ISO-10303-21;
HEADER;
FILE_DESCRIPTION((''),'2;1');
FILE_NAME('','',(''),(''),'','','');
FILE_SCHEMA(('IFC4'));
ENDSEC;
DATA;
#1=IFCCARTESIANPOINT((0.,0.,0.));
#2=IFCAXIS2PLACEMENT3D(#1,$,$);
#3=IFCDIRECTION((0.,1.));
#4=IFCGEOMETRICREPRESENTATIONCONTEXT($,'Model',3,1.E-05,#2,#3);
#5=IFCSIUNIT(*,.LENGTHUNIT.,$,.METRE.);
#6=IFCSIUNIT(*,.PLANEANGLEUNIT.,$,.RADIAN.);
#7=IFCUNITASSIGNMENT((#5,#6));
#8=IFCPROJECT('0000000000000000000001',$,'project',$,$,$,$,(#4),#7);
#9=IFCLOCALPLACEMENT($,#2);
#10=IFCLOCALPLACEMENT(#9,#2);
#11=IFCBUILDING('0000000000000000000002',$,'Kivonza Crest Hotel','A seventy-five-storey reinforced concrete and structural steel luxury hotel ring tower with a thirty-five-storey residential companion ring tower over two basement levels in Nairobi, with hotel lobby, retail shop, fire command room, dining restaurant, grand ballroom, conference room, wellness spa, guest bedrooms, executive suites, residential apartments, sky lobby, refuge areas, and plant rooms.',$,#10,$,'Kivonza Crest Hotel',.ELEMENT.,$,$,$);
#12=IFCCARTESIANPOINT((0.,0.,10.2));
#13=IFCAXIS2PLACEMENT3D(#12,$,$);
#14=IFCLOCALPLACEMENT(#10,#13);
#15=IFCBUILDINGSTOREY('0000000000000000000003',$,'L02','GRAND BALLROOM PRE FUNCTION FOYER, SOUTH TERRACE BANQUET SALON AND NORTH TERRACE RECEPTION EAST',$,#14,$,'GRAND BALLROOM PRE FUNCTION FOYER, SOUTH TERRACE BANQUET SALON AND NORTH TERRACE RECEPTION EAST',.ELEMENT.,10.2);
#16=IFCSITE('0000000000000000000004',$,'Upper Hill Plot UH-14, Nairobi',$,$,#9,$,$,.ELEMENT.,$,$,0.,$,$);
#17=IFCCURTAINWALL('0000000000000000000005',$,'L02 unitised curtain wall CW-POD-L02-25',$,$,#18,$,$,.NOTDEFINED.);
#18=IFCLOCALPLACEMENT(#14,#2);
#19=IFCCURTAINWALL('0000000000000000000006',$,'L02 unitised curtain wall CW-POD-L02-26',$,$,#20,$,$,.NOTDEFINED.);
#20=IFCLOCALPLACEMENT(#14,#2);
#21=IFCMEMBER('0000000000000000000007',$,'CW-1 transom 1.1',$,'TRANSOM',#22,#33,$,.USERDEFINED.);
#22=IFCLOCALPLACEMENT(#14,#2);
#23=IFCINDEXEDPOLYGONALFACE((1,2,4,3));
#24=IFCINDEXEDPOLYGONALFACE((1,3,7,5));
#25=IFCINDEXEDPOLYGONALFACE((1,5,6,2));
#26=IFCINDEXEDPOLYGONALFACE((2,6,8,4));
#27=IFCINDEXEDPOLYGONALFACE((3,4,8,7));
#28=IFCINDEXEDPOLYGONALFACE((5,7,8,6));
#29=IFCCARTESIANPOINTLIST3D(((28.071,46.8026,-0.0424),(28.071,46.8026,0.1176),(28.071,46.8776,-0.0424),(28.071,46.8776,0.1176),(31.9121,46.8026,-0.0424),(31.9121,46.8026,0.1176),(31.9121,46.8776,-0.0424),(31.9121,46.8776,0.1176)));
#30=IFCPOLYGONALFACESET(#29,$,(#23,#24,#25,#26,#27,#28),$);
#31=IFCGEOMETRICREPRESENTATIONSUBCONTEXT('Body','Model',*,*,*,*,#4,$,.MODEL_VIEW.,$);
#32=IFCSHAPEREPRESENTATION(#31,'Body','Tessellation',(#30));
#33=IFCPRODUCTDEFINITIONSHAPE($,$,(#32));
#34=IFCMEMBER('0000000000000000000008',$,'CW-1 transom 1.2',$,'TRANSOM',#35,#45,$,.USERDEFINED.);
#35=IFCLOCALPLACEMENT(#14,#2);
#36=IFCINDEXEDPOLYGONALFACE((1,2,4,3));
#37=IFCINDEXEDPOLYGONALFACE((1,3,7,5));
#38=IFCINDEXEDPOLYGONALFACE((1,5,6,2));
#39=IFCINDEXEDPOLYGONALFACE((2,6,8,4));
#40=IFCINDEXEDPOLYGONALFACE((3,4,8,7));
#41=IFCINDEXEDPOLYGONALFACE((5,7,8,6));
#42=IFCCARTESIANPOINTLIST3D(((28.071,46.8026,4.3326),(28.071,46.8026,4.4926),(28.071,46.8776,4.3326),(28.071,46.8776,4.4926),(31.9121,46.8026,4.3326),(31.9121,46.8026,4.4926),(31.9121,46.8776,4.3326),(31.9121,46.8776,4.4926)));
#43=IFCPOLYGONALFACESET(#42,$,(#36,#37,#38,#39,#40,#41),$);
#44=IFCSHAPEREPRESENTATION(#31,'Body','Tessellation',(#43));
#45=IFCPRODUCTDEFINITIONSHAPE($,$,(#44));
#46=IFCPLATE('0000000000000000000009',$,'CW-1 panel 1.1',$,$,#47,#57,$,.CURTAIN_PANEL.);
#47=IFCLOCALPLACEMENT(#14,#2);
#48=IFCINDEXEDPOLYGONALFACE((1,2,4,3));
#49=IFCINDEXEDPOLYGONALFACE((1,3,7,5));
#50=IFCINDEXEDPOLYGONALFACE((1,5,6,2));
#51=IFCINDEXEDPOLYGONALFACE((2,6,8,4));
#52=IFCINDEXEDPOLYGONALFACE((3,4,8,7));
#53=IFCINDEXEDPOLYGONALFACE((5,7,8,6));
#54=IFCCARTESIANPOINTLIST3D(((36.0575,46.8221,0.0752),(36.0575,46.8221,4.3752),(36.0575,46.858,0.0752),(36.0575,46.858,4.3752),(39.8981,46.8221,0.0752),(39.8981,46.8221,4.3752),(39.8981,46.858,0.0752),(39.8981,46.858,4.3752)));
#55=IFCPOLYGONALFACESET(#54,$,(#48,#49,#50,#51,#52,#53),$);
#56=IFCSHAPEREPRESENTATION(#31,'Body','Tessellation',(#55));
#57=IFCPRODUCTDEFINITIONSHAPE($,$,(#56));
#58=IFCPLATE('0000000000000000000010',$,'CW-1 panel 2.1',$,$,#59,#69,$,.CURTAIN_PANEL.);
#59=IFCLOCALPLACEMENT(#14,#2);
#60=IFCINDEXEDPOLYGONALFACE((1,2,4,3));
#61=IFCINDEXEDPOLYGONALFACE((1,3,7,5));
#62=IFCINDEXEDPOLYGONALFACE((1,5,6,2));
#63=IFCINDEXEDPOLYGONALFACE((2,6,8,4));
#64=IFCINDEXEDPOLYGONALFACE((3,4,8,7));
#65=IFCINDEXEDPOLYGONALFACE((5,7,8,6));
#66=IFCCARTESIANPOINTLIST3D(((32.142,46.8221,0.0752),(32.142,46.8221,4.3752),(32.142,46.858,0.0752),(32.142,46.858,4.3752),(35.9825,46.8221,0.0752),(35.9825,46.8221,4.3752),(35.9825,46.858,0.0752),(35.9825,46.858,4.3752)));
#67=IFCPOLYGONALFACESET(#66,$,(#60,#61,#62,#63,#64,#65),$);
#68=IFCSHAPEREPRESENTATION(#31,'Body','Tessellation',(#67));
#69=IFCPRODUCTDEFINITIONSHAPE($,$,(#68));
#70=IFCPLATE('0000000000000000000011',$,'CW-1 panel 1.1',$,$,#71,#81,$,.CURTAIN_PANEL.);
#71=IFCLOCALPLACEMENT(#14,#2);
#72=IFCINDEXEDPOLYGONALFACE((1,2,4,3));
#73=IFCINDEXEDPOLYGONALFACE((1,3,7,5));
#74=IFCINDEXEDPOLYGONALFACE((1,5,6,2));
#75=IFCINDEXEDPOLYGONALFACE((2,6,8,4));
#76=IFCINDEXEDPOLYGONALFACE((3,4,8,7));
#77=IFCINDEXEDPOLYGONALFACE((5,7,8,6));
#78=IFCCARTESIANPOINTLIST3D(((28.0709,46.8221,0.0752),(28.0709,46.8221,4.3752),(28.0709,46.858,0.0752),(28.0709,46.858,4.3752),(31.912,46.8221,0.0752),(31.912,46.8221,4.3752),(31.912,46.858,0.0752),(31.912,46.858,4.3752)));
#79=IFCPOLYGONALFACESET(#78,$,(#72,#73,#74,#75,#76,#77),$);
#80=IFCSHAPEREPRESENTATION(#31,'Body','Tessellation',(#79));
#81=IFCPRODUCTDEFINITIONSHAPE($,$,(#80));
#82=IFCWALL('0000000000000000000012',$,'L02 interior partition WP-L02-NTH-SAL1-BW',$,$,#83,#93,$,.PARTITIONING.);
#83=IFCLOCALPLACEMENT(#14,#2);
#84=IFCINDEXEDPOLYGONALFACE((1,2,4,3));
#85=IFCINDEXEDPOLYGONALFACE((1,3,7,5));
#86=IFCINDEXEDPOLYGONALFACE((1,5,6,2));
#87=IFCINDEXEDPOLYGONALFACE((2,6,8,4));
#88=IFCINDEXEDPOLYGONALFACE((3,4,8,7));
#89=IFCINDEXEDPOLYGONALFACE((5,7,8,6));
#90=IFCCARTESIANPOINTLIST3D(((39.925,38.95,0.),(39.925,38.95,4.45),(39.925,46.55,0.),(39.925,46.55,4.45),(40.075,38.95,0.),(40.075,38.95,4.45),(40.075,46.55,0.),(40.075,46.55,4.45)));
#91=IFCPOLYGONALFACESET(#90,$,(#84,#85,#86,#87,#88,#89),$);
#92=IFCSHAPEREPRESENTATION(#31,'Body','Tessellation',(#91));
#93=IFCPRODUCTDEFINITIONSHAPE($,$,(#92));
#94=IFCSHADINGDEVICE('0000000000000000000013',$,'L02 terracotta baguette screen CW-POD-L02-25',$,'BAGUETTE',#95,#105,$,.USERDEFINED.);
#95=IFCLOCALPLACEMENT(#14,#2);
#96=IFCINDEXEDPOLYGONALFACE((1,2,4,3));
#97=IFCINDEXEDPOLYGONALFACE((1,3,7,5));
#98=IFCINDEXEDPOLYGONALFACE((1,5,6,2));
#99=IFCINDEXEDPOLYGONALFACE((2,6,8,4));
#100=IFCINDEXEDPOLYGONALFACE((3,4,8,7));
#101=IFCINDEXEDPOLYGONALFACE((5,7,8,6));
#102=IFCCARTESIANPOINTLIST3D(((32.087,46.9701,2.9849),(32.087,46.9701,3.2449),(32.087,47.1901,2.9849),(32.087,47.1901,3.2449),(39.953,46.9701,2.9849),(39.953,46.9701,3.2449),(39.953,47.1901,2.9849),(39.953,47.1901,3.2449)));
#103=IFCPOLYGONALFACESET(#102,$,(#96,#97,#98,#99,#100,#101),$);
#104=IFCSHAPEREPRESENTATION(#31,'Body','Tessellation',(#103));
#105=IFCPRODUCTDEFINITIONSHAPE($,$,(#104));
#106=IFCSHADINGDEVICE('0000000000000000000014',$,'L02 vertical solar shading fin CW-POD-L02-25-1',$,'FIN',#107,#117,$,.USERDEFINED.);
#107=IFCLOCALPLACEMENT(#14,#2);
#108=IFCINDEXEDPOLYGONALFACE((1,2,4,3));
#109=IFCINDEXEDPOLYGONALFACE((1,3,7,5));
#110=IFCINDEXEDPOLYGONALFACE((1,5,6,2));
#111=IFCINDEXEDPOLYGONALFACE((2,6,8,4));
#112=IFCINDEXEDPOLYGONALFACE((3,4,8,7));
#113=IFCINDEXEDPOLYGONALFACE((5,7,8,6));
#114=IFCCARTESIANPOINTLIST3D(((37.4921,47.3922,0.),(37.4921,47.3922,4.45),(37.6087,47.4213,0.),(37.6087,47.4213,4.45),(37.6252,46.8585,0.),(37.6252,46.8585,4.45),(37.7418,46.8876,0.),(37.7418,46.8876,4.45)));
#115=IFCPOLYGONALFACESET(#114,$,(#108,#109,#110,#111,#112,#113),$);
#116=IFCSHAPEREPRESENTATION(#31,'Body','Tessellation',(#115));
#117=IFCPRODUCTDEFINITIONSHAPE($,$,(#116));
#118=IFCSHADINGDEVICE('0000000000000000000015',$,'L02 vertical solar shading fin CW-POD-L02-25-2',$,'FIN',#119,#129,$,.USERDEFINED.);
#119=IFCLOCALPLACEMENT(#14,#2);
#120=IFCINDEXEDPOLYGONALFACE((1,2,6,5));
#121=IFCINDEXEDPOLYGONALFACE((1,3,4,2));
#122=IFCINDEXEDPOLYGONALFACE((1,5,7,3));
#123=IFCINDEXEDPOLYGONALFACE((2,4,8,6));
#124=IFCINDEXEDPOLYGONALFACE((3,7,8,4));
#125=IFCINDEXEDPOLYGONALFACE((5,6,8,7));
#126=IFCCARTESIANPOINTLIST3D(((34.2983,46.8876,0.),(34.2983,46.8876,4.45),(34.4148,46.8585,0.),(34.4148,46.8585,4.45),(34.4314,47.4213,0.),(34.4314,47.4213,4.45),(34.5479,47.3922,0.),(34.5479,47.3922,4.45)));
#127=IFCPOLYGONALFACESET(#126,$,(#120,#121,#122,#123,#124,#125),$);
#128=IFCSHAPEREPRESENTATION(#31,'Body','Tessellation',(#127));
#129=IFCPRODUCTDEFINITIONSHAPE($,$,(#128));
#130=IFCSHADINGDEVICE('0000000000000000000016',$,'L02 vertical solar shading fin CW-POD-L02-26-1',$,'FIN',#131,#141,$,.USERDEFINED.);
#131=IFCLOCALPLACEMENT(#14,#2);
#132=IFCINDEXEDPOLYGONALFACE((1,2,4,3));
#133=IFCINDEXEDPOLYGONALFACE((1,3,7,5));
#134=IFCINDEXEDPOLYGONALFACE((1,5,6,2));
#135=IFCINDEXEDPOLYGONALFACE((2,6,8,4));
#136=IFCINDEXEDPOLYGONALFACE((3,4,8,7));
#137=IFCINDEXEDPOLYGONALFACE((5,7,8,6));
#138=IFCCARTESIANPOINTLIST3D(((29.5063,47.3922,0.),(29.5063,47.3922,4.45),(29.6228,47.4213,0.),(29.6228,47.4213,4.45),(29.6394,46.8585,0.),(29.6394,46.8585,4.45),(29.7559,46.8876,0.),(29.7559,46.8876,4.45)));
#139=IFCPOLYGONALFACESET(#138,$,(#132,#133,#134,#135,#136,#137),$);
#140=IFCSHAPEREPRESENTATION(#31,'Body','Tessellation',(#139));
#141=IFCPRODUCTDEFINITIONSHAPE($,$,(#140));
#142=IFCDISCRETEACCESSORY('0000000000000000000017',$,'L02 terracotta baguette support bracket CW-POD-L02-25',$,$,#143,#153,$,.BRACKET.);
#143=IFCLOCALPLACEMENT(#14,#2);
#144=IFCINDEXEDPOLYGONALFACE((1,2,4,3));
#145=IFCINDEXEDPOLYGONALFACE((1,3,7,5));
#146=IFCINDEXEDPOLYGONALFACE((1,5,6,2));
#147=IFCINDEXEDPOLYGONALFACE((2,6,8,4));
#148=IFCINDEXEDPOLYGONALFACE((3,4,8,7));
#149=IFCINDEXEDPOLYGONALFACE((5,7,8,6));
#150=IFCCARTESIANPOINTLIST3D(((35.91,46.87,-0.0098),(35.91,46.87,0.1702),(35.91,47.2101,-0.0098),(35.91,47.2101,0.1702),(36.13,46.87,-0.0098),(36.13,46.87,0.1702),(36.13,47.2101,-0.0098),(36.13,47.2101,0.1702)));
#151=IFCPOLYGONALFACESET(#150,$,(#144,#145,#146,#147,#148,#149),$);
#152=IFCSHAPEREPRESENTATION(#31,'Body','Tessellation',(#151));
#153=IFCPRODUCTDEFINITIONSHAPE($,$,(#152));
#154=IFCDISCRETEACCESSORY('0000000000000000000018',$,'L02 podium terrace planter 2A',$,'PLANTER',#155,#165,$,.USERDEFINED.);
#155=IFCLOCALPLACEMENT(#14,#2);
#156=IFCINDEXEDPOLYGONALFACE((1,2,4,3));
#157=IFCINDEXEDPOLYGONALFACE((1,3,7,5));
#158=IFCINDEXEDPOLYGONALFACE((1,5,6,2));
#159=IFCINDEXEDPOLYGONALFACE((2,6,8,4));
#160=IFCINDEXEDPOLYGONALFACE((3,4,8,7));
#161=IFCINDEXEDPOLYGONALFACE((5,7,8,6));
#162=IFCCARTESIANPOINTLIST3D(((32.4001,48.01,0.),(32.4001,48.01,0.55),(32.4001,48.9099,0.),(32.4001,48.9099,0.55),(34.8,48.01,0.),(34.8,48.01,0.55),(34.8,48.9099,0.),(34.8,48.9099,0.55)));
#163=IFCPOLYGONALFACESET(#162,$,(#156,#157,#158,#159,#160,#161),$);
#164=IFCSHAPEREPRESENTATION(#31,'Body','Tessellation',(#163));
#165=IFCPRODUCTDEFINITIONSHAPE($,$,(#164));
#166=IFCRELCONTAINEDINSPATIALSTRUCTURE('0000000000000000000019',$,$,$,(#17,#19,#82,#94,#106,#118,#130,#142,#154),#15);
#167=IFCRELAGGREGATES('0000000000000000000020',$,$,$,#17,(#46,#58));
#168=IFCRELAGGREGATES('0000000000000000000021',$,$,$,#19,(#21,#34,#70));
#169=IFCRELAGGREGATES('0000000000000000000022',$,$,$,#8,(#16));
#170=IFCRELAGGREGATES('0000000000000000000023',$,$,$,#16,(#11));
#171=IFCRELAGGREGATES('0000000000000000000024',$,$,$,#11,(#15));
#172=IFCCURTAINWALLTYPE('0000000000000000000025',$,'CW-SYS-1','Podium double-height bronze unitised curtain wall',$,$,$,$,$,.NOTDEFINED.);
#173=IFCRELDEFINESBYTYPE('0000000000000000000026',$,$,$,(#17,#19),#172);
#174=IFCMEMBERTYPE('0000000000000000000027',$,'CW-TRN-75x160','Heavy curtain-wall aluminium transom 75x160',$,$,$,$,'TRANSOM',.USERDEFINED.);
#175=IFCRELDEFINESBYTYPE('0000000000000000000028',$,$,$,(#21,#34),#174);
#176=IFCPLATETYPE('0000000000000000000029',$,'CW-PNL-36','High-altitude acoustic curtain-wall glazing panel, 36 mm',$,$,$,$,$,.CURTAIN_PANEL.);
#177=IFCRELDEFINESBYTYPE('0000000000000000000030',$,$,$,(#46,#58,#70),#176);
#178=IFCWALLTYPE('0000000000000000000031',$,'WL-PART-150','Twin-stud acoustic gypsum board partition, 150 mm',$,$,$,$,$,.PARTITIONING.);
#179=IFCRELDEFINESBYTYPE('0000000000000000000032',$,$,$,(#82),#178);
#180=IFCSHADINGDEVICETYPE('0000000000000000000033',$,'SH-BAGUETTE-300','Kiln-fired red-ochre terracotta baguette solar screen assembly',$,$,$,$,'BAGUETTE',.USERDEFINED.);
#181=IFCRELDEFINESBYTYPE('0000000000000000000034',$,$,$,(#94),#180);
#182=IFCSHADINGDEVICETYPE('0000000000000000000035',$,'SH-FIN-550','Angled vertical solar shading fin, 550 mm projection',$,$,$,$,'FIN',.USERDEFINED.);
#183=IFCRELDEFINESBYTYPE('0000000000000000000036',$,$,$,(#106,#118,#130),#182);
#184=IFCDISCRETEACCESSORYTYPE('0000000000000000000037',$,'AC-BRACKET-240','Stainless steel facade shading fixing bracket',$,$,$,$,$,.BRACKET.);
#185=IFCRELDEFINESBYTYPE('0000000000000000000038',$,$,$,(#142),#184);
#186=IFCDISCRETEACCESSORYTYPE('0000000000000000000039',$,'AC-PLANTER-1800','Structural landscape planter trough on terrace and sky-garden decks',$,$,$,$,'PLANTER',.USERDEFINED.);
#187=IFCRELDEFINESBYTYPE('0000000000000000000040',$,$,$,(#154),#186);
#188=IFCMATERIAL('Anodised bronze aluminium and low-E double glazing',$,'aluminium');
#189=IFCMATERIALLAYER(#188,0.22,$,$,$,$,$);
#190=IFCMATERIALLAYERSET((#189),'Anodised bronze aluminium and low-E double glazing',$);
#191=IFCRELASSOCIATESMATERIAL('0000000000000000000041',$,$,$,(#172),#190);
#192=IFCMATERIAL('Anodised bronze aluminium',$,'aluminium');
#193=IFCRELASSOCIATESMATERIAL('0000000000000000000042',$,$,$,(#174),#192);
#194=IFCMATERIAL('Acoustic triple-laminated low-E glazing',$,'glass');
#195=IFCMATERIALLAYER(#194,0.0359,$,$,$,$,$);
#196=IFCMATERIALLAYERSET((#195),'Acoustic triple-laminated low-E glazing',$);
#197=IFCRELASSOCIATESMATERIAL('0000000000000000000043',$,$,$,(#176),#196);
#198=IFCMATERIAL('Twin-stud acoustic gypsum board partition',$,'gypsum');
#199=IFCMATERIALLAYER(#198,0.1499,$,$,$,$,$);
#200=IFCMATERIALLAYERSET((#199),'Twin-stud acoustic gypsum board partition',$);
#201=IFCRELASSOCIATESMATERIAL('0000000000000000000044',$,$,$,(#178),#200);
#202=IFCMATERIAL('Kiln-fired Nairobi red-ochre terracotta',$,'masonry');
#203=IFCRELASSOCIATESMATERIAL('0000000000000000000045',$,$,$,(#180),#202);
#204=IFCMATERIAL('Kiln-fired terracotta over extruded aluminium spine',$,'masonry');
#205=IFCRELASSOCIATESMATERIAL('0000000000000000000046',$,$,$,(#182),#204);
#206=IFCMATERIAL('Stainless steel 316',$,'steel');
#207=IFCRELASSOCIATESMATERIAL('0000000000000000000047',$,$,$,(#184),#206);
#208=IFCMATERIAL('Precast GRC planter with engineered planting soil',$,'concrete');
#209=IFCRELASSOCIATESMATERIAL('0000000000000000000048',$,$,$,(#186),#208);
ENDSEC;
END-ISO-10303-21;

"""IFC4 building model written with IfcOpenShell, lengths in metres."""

from ifc_helpers import new_model, si_unit, direction, frame, frame_2d, origin, origin_2d, place, context, subcontext, project, spatial, rectangle, extrude, material, layer, layer_set, material_profile, profile_set, type_object, element, aggregate, save


model = new_model("IFC4")

# Units and contexts
model_context = context("Model", 3, precision=1e-05, world=origin(), true_north=direction((0.0, 1.0)))
body_context = subcontext(model_context, "Body", "Model", "MODEL_VIEW")
ifc_project = project(units=[si_unit("LENGTHUNIT", "METRE"), si_unit("PLANEANGLEUNIT", "RADIAN")], contexts=[model_context])

# Site, building, storey
site_placement = place(None, origin())
site = spatial("IfcSite", under=ifc_project, at=site_placement, Name="Upper Hill Plot UH-14, Nairobi", CompositionType="ELEMENT", RefElevation=0.0)
building_placement = place(site_placement, origin())
building = spatial("IfcBuilding", under=site, at=building_placement, Name="Kivonza Crest Hotel", Description="A seventy-five-storey reinforced concrete and structural steel luxury hotel ring tower with a thirty-five-storey residential companion ring tower over two basement levels in Nairobi, with hotel lobby, retail shop, fire command room, dining restaurant, grand ballroom, conference room, wellness spa, guest bedrooms, executive suites, residential apartments, sky lobby, refuge areas, and plant rooms.", LongName="Kivonza Crest Hotel", CompositionType="ELEMENT")
storey_placement = place(building_placement, frame((0.0, 0.0, 10.2)))
storey = spatial("IfcBuildingStorey", under=building, at=storey_placement, Name="L02", Description="GRAND BALLROOM PRE FUNCTION FOYER, SOUTH TERRACE BANQUET SALON AND NORTH TERRACE RECEPTION EAST", LongName="GRAND BALLROOM PRE FUNCTION FOYER, SOUTH TERRACE BANQUET SALON AND NORTH TERRACE RECEPTION EAST", CompositionType="ELEMENT", Elevation=10.2)

# Shared definitions
ifc_material_1 = material(Name="Anodised bronze aluminium and low-E double glazing", Category="aluminium")
ifc_layer_1 = layer(ifc_material_1, 0.22)
ifc_layer_set_1 = layer_set([ifc_layer_1], Name="Anodised bronze aluminium and low-E double glazing")
curtain_wall_type = type_object("IfcCurtainWallType", Name="CW-SYS-1", Description="Podium double-height bronze unitised curtain wall", PredefinedType="NOTDEFINED", material=ifc_layer_set_1)
ifc_material_2 = material(Name="Anodised bronze aluminium", Category="aluminium")

# Curtain wall
curtain_wall_1_placement = place(storey_placement, origin())
curtain_wall_1 = element("IfcCurtainWall", 1, at=curtain_wall_1_placement, inside=storey, type_object=curtain_wall_type, Name="L02 unitised curtain wall CW-POD-L02-25", PredefinedType="NOTDEFINED")

# Curtain wall
curtain_wall_2_placement = place(storey_placement, origin())
curtain_wall_2 = element("IfcCurtainWall", 2, at=curtain_wall_2_placement, inside=storey, type_object=curtain_wall_type, Name="L02 unitised curtain wall CW-POD-L02-26", PredefinedType="NOTDEFINED")

# Members
ifc_material_profile_1 = material_profile(ifc_material_2, rectangle(XDim=0.075, YDim=0.1599, at=origin_2d()), Name="CW-T 75x160")
ifc_profile_set_1 = profile_set([ifc_material_profile_1], Name="Anodised bronze aluminium")
member_type_1 = type_object("IfcMemberType", Name="CW-TRN-75x160", Description="Heavy curtain-wall aluminium transom 75x160", ElementType="TRANSOM", PredefinedType="USERDEFINED", material=ifc_profile_set_1)
member_1_placement = place(storey_placement, frame((31.9121, 46.8401, 0.0376), z_axis=(-1.0, 0.0, 0.0), x_axis=(0.0, -1.0, 0.0)))
member_1 = element("IfcMember", 3, at=member_1_placement, type_object=member_type_1, Name="CW-1 transom 1.1", ObjectType="TRANSOM", PredefinedType="USERDEFINED", context=body_context, shape_type="SweptSolid", body=[
    extrude(rectangle(XDim=0.075, YDim=0.1599, at=origin_2d()), origin(), (0.0, 0.0, 1.0), 3.8411),
])
member_2_placement = place(storey_placement, frame((31.9121, 46.8401, 4.4126), z_axis=(-1.0, 0.0, 0.0), x_axis=(0.0, -1.0, 0.0)))
member_2 = element("IfcMember", 4, at=member_2_placement, type_object=member_type_1, Name="CW-1 transom 1.2", ObjectType="TRANSOM", PredefinedType="USERDEFINED", context=body_context, shape_type="SweptSolid", body=[
    extrude(rectangle(XDim=0.075, YDim=0.1599, at=origin_2d()), origin(), (0.0, 0.0, 1.0), 3.8411),
])

# Plates
ifc_material_3 = material(Name="Acoustic triple-laminated low-E glazing", Category="glass")
ifc_layer_2 = layer(ifc_material_3, 0.0359)
ifc_layer_set_2 = layer_set([ifc_layer_2], Name="Acoustic triple-laminated low-E glazing")
plate_type = type_object("IfcPlateType", Name="CW-PNL-36", Description="High-altitude acoustic curtain-wall glazing panel, 36 mm", PredefinedType="CURTAIN_PANEL", material=ifc_layer_set_2)
plate_1_placement = place(storey_placement, frame((37.9778, 46.8401, 0.0752), z_axis=(0.0, 0.0, 1.0), x_axis=(-1.0, 0.0, 0.0)))
plate_1 = element("IfcPlate", 5, at=plate_1_placement, type_object=plate_type, Name="CW-1 panel 1.1", PredefinedType="CURTAIN_PANEL", context=body_context, shape_type="SweptSolid", body=[
    extrude(rectangle(XDim=3.8406, YDim=0.0359, at=origin_2d()), origin(), (0.0, 0.0, 1.0), 4.3),
])
plate_2_placement = place(storey_placement, frame((34.0623, 46.8401, 0.0752), z_axis=(0.0, 0.0, 1.0), x_axis=(-1.0, 0.0, 0.0)))
plate_2 = element("IfcPlate", 6, at=plate_2_placement, type_object=plate_type, Name="CW-1 panel 2.1", PredefinedType="CURTAIN_PANEL", context=body_context, shape_type="SweptSolid", body=[
    extrude(rectangle(XDim=3.8406, YDim=0.0359, at=origin_2d()), origin(), (0.0, 0.0, 1.0), 4.3),
])
aggregate(curtain_wall_1, [plate_1, plate_2])
plate_3_placement = place(storey_placement, frame((29.9915, 46.8401, 0.0752), z_axis=(0.0, 0.0, 1.0), x_axis=(-1.0, 0.0, 0.0)))
plate_3 = element("IfcPlate", 7, at=plate_3_placement, type_object=plate_type, Name="CW-1 panel 1.1", PredefinedType="CURTAIN_PANEL", context=body_context, shape_type="SweptSolid", body=[
    extrude(rectangle(XDim=3.8411, YDim=0.0359, at=origin_2d()), origin(), (0.0, 0.0, 1.0), 4.3),
])
aggregate(curtain_wall_2, [member_1, member_2, plate_3])

# Wall
ifc_material_4 = material(Name="Twin-stud acoustic gypsum board partition", Category="gypsum")
ifc_layer_3 = layer(ifc_material_4, 0.1499)
ifc_layer_set_3 = layer_set([ifc_layer_3], Name="Twin-stud acoustic gypsum board partition")
wall_type = type_object("IfcWallType", Name="WL-PART-150", Description="Twin-stud acoustic gypsum board partition, 150 mm", PredefinedType="PARTITIONING", material=ifc_layer_set_3)
wall_placement = place(storey_placement, frame((40.0, 38.95, 0.0), z_axis=(0.0, 0.0, 1.0), x_axis=(0.0, 1.0, 0.0)))
element("IfcWall", 8, at=wall_placement, inside=storey, type_object=wall_type, Name="L02 interior partition WP-L02-NTH-SAL1-BW", PredefinedType="PARTITIONING", context=body_context, shape_type="SweptSolid", body=[
    extrude(rectangle(XDim=7.6001, YDim=0.1499, at=frame_2d((3.8, 0.0))), origin(), (0.0, 0.0, 1.0), 4.45),
])

# Shading devices
ifc_material_5 = material(Name="Kiln-fired Nairobi red-ochre terracotta", Category="masonry")
shading_device_type_1 = type_object("IfcShadingDeviceType", Name="SH-BAGUETTE-300", Description="Kiln-fired red-ochre terracotta baguette solar screen assembly", ElementType="BAGUETTE", PredefinedType="USERDEFINED", material=ifc_material_5)
shading_device_placement = place(storey_placement, frame((36.02, 47.0801, 2.9849), z_axis=(0.0, 0.0, 1.0), x_axis=(-1.0, 0.0, 0.0)))
element("IfcShadingDevice", 9, at=shading_device_placement, inside=storey, type_object=shading_device_type_1, Name="L02 terracotta baguette screen CW-POD-L02-25", ObjectType="BAGUETTE", PredefinedType="USERDEFINED", context=body_context, shape_type="SweptSolid", body=[
    extrude(rectangle(XDim=7.866, YDim=0.22, at=origin_2d()), origin(), (0.0, 0.0, 1.0), 0.26),
])
ifc_material_6 = material(Name="Kiln-fired terracotta over extruded aluminium spine", Category="masonry")
shading_device_type_2 = type_object("IfcShadingDeviceType", Name="SH-FIN-550", Description="Angled vertical solar shading fin, 550 mm projection", ElementType="FIN", PredefinedType="USERDEFINED", material=ifc_material_6)
for number, where, z_axis, x_axis, name in (
    (10, (37.6169, 47.1399, 0.0), (0.0, 0.0, 1.0), (-0.970296, -0.241922, 0.0), "L02 vertical solar shading fin CW-POD-L02-25-1"),
    (11, (34.4231, 47.1399, 0.0), (0.0, 0.0, 1.0), (-0.970296, 0.241922, 0.0), "L02 vertical solar shading fin CW-POD-L02-25-2"),
    (12, (29.6311, 47.1399, 0.0), (0.0, 0.0, 1.0), (-0.970296, -0.241922, 0.0), "L02 vertical solar shading fin CW-POD-L02-26-1"),
):
    element("IfcShadingDevice", number, at=place(storey_placement, frame(where, z_axis=z_axis, x_axis=x_axis)), inside=storey, type_object=shading_device_type_2, Name=name, ObjectType="FIN", PredefinedType="USERDEFINED", context=body_context, shape_type="SweptSolid", body=[
        extrude(rectangle(XDim=0.1201, YDim=0.55, at=origin_2d()), origin(), (0.0, 0.0, 1.0), 4.45),
    ])

# Discrete accessories
ifc_material_7 = material(Name="Stainless steel 316", Category="steel")
discrete_accessory_type_1 = type_object("IfcDiscreteAccessoryType", Name="AC-BRACKET-240", Description="Stainless steel facade shading fixing bracket", PredefinedType="BRACKET", material=ifc_material_7)
discrete_accessory_1_placement = place(storey_placement, frame((36.02, 47.04, -0.0098), z_axis=(0.0, 0.0, 1.0), x_axis=(-1.0, 0.0, 0.0)))
element("IfcDiscreteAccessory", 13, at=discrete_accessory_1_placement, inside=storey, type_object=discrete_accessory_type_1, Name="L02 terracotta baguette support bracket CW-POD-L02-25", PredefinedType="BRACKET", context=body_context, shape_type="SweptSolid", body=[
    extrude(rectangle(XDim=0.22, YDim=0.3401, at=origin_2d()), origin(), (0.0, 0.0, 1.0), 0.1799),
])
ifc_material_8 = material(Name="Precast GRC planter with engineered planting soil", Category="concrete")
discrete_accessory_type_2 = type_object("IfcDiscreteAccessoryType", Name="AC-PLANTER-1800", Description="Structural landscape planter trough on terrace and sky-garden decks", ElementType="PLANTER", PredefinedType="USERDEFINED", material=ifc_material_8)
discrete_accessory_2_placement = place(storey_placement, frame((33.6001, 48.46, 0.0), z_axis=(0.0, 0.0, 1.0), x_axis=(1.0, 0.0, 0.0)))
element("IfcDiscreteAccessory", 14, at=discrete_accessory_2_placement, inside=storey, type_object=discrete_accessory_type_2, Name="L02 podium terrace planter 2A", ObjectType="PLANTER", PredefinedType="USERDEFINED", context=body_context, shape_type="SweptSolid", body=[
    extrude(rectangle(XDim=2.3999, YDim=0.8999, at=origin_2d()), origin(), (0.0, 0.0, 1.0), 0.55),
])

save(model, "model.ifc")
